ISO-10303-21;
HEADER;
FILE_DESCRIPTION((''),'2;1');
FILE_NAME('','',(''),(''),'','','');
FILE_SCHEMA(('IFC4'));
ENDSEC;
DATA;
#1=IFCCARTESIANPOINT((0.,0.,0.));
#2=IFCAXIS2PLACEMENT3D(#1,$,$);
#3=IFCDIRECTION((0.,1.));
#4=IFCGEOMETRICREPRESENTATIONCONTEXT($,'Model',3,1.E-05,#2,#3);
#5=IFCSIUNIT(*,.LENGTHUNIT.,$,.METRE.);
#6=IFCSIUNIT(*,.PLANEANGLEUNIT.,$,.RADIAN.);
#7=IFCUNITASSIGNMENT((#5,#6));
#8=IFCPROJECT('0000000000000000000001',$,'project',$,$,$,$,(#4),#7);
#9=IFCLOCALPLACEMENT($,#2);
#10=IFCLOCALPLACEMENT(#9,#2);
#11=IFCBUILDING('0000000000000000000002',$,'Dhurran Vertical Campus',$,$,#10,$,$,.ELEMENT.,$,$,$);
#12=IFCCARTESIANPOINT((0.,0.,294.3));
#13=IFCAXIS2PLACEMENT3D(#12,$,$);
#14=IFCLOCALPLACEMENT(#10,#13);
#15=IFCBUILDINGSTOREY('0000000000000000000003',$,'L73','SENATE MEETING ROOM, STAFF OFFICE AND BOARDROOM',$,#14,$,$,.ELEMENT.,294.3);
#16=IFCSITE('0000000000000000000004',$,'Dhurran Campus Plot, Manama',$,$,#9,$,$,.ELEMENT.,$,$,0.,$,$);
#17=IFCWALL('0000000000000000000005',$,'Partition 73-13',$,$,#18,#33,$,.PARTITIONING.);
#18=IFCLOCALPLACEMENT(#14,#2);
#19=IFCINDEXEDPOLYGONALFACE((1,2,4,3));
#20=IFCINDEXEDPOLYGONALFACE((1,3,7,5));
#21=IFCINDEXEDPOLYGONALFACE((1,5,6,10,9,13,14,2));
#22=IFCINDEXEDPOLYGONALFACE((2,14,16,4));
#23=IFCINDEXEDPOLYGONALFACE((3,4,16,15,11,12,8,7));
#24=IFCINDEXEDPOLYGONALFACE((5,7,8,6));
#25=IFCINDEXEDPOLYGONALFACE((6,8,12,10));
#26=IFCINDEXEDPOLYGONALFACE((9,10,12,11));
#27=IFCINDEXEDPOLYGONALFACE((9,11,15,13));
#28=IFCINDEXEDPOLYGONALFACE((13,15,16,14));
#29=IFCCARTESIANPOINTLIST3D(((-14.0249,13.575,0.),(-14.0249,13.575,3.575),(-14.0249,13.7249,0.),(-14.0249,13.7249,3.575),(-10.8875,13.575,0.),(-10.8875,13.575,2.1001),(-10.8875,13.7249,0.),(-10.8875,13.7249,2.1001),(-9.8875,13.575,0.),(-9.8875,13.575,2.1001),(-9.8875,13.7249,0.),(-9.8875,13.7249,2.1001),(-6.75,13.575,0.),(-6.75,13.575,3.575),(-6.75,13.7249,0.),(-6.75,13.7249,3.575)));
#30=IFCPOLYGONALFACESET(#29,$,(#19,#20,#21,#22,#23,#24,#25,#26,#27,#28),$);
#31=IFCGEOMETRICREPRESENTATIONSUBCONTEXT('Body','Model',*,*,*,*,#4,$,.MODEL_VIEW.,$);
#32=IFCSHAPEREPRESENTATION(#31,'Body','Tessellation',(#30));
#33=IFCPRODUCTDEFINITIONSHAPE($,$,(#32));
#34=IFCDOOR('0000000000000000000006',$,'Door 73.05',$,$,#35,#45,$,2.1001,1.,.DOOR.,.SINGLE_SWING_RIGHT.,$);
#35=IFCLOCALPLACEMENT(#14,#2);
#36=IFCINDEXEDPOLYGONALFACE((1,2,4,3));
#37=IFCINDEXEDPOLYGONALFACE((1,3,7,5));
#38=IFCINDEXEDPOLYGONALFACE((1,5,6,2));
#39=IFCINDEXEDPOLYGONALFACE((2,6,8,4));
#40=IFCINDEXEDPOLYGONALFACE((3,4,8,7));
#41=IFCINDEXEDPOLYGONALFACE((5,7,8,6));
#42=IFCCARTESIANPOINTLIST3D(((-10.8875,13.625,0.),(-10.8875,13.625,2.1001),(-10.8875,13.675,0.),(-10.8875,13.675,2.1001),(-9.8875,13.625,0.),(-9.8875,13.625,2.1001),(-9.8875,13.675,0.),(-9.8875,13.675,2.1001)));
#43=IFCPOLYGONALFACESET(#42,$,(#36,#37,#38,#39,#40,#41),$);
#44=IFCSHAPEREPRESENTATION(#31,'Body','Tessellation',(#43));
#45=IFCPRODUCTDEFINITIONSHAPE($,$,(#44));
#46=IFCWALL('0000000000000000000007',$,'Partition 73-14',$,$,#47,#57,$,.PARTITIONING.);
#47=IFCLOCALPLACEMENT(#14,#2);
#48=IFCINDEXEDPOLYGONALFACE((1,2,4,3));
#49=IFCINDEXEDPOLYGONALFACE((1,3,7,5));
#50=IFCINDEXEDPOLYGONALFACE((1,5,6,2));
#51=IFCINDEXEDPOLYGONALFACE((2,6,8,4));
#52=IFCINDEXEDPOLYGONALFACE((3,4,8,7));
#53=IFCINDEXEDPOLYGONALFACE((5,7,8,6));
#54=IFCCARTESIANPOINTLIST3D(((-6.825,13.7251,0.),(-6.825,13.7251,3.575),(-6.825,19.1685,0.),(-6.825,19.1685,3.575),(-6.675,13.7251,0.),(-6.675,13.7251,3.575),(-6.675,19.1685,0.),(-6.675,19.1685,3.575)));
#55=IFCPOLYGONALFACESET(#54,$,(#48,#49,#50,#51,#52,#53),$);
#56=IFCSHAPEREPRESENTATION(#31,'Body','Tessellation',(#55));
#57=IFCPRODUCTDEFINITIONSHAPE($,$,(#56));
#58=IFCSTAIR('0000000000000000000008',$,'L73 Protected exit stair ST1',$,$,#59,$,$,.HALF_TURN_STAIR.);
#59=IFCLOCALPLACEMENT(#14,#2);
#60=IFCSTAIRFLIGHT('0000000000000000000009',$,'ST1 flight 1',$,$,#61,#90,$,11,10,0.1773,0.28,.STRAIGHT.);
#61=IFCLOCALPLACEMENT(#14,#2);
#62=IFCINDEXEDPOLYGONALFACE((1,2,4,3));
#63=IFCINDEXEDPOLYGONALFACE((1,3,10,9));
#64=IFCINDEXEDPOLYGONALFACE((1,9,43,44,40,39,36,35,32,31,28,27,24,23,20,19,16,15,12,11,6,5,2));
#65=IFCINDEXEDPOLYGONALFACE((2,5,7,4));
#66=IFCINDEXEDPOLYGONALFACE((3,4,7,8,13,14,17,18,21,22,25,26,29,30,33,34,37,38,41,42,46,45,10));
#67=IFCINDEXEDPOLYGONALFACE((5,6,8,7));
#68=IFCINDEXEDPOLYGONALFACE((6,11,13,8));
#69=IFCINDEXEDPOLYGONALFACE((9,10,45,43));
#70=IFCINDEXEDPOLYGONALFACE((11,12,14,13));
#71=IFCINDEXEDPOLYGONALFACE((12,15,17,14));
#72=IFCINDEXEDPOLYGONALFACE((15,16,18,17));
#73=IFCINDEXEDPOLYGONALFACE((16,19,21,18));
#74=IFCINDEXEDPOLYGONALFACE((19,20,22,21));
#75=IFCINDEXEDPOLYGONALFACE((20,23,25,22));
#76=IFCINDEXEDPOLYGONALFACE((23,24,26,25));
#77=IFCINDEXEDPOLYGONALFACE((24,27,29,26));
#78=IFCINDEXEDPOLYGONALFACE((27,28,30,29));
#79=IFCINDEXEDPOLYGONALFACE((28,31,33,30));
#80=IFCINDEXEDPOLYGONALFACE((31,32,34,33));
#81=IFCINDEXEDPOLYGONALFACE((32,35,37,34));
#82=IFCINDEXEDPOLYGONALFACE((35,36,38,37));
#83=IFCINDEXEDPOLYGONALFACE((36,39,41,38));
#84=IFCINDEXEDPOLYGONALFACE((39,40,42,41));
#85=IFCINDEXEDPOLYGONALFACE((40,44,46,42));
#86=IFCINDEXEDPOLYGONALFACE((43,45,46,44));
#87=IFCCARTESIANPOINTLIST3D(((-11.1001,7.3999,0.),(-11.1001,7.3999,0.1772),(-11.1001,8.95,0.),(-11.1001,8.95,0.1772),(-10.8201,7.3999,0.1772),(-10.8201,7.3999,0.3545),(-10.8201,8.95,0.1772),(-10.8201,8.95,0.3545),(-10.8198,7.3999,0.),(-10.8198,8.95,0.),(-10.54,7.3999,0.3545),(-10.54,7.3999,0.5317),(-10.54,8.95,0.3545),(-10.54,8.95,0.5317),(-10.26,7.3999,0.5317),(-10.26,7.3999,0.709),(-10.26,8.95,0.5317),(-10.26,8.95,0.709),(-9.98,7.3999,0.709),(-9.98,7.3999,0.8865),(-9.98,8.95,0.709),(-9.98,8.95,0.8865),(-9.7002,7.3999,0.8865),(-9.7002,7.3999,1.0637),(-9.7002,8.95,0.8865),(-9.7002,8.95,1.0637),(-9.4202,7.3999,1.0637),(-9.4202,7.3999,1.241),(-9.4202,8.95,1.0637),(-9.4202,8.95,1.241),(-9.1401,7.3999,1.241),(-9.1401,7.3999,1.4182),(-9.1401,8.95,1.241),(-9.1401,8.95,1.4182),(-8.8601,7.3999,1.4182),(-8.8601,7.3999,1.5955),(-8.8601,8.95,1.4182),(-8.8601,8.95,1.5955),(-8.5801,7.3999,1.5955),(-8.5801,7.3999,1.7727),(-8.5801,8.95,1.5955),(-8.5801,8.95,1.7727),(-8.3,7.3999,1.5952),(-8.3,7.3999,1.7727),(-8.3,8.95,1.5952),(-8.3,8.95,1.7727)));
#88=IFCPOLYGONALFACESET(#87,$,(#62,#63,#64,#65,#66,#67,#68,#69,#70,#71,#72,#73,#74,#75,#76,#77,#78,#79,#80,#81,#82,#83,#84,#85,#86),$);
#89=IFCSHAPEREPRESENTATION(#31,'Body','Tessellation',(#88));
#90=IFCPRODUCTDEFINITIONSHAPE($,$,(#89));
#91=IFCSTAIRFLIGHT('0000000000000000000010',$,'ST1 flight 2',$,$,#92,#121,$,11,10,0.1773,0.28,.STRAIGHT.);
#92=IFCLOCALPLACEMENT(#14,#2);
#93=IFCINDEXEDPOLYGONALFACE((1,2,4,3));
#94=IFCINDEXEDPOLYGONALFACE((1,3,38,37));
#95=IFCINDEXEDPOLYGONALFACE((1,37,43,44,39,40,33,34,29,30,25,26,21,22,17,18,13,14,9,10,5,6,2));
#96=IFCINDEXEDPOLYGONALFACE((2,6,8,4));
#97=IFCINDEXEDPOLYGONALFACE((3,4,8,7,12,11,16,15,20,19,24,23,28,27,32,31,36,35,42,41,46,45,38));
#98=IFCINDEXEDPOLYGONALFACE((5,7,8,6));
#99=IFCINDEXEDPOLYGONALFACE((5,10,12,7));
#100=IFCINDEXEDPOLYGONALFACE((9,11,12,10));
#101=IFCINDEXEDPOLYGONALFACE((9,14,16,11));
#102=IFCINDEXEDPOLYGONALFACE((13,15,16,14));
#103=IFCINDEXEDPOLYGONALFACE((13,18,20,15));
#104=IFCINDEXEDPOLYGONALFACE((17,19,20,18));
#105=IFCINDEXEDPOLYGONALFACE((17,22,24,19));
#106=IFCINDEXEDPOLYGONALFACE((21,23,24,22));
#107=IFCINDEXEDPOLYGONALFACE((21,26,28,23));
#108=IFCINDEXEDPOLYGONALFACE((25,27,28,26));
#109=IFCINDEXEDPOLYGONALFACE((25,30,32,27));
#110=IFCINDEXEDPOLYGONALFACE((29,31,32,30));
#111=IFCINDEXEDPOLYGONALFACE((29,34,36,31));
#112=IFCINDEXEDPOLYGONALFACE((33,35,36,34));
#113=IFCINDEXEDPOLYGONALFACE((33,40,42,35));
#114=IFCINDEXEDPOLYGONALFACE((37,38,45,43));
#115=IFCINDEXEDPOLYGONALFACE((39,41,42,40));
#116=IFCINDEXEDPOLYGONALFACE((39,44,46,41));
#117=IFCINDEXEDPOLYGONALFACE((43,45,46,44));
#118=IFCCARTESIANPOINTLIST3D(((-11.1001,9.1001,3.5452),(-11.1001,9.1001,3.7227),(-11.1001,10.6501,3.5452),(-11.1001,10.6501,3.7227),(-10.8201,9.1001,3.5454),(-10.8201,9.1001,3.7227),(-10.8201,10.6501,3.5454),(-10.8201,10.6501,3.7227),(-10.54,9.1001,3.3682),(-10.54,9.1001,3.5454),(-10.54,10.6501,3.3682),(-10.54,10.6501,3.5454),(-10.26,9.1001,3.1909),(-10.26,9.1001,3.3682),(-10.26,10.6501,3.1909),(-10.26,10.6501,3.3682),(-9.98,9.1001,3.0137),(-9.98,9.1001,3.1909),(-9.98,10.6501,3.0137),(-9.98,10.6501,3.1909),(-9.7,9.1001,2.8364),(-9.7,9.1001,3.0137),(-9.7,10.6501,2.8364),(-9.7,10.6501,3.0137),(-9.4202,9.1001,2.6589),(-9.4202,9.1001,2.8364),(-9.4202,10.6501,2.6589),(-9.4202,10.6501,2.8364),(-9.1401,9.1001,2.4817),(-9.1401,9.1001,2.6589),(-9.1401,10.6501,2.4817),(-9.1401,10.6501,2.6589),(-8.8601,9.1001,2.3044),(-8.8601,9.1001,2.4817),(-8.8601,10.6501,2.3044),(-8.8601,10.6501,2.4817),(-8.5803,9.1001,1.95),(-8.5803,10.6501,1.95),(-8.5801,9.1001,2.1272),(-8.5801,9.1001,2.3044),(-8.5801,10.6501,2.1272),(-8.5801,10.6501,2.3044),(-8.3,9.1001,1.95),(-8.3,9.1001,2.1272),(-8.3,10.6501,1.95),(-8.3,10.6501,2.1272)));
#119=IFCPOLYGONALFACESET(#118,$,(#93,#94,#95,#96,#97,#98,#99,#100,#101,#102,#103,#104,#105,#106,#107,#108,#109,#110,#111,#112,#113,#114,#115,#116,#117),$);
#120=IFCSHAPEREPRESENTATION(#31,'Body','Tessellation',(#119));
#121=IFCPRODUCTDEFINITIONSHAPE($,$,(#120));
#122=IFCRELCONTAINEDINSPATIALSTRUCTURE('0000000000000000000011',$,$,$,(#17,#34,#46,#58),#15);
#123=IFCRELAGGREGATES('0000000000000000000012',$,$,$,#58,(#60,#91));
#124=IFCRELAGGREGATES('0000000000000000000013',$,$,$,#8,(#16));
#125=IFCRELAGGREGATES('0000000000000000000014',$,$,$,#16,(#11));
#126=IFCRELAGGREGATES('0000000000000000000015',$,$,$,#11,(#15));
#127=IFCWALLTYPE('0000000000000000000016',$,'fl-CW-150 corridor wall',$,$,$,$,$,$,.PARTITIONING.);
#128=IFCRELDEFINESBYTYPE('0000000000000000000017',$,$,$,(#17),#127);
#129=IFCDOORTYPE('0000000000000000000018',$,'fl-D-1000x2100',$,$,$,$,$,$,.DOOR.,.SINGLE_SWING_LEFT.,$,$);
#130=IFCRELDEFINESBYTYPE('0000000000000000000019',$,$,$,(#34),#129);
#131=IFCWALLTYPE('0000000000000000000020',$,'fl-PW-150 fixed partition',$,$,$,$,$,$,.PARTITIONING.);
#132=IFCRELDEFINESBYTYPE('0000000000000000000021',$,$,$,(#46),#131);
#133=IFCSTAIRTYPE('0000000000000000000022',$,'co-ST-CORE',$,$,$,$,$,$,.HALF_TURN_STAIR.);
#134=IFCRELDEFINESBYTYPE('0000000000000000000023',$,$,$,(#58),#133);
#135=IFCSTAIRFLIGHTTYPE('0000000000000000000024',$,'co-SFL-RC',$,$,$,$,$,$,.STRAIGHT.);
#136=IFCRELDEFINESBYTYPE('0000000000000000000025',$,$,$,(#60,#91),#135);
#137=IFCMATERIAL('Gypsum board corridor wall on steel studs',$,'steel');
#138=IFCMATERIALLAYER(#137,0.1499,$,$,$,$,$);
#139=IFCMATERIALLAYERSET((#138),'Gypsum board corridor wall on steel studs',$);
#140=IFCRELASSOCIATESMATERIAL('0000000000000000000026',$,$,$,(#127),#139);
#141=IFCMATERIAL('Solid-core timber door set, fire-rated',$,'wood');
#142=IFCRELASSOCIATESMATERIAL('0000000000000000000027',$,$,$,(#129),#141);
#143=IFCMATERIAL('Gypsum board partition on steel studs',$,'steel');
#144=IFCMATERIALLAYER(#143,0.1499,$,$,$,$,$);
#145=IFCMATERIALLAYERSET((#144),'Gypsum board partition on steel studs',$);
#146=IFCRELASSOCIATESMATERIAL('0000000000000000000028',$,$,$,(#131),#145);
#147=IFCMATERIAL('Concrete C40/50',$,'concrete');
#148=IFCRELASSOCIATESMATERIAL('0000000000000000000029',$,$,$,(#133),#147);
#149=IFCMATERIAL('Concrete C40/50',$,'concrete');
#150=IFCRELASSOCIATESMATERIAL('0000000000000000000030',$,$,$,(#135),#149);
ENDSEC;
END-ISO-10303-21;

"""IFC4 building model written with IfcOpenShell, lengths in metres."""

from ifc_helpers import new_model, si_unit, direction, frame, frame_2d, origin, place, context, subcontext, project, spatial, polyline, rectangle, outline, extrude, material, layer, layer_set, type_object, element, fill, aggregate, save


model = new_model("IFC4")

# Units and contexts
model_context = context("Model", 3, precision=1e-05, world=origin(), true_north=direction((0.0, 1.0)))
body_context = subcontext(model_context, "Body", "Model", "MODEL_VIEW")
ifc_project = project(units=[si_unit("LENGTHUNIT", "METRE"), si_unit("PLANEANGLEUNIT", "RADIAN")], contexts=[model_context])

# Site, building, storey
site_placement = place(None, origin())
site = spatial("IfcSite", under=ifc_project, at=site_placement, Name="Dhurran Campus Plot, Manama", CompositionType="ELEMENT", RefElevation=0.0)
building_placement = place(site_placement, origin())
building = spatial("IfcBuilding", under=site, at=building_placement, Name="Dhurran Vertical Campus", CompositionType="ELEMENT")
storey_placement = place(building_placement, frame((0.0, 0.0, 294.3)))
storey = spatial("IfcBuildingStorey", under=building, at=storey_placement, Name="L73", Description="SENATE MEETING ROOM, STAFF OFFICE AND BOARDROOM", CompositionType="ELEMENT", Elevation=294.3)

# Wall, opening, door
ifc_material_1 = material(Name="Gypsum board corridor wall on steel studs", Category="steel")
ifc_layer_1 = layer(ifc_material_1, 0.1499)
ifc_layer_set_1 = layer_set([ifc_layer_1], Name="Gypsum board corridor wall on steel studs")
wall_type_1 = type_object("IfcWallType", Name="fl-CW-150 corridor wall", PredefinedType="PARTITIONING", material=ifc_layer_set_1)
wall_1_placement = place(storey_placement, frame((-6.75, 13.6499, 0.0), z_axis=(0.0, 0.0, 1.0), x_axis=(-1.0, 0.0, 0.0)))
wall_1 = element("IfcWall", 1, at=wall_1_placement, inside=storey, type_object=wall_type_1, Name="Partition 73-13", PredefinedType="PARTITIONING", context=body_context, shape_type="SweptSolid", body=[
    extrude(rectangle(XDim=7.2749, YDim=0.1499, at=frame_2d((3.6375, 0.0))), origin(), (0.0, 0.0, 1.0), 3.575),
])
opening_1_placement = place(wall_1_placement, frame((3.1375, 0.0, 0.0)))
opening_1 = element("IfcOpeningElement", 2, at=opening_1_placement, cuts=wall_1, PredefinedType="OPENING", context=body_context, shape_type="SweptSolid", body=[
    extrude(rectangle(XDim=1.0, YDim=2.1001, at=frame_2d((0.5, 1.05))), frame((0.0, 0.085, 0.0), z_axis=(0.0, -1.0, 0.0), x_axis=(1.0, 0.0, 0.0)), (0.0, 0.0, 1.0), 0.1699),
])
ifc_material_2 = material(Name="Solid-core timber door set, fire-rated", Category="wood")
door_type_1 = type_object("IfcDoorType", Name="fl-D-1000x2100", OperationType="SINGLE_SWING_LEFT", PredefinedType="DOOR", material=ifc_material_2)
door_1_placement = place(opening_1_placement, origin())
door_1 = element("IfcDoor", 3, at=door_1_placement, inside=storey, type_object=door_type_1, Name="Door 73.05", OperationType="SINGLE_SWING_RIGHT", OverallHeight=2.1001, OverallWidth=1.0, PredefinedType="DOOR", context=body_context, shape_type="SweptSolid", body=[
    extrude(rectangle(XDim=1.0, YDim=2.1001, at=frame_2d((0.5, 1.05))), frame((0.0, 0.0249, 0.0), z_axis=(0.0, -1.0, 0.0), x_axis=(1.0, 0.0, 0.0)), (0.0, 0.0, 1.0), 0.05),
])
fill(opening_1, door_1)

# Wall
ifc_material_3 = material(Name="Gypsum board partition on steel studs", Category="steel")
ifc_layer_2 = layer(ifc_material_3, 0.1499)
ifc_layer_set_2 = layer_set([ifc_layer_2], Name="Gypsum board partition on steel studs")
wall_type_2 = type_object("IfcWallType", Name="fl-PW-150 fixed partition", PredefinedType="PARTITIONING", material=ifc_layer_set_2)
wall_2_placement = place(storey_placement, frame((-6.75, 19.1685, 0.0), z_axis=(0.0, 0.0, 1.0), x_axis=(0.0, -1.0, 0.0)))
element("IfcWall", 4, at=wall_2_placement, inside=storey, type_object=wall_type_2, Name="Partition 73-14", PredefinedType="PARTITIONING", context=body_context, shape_type="SweptSolid", body=[
    extrude(rectangle(XDim=5.4434, YDim=0.1499, at=frame_2d((2.7217, 0.0))), origin(), (0.0, 0.0, 1.0), 3.575),
])

# Stair, stair flights
ifc_material_4 = material(Name="Concrete C40/50", Category="concrete")
stair_type = type_object("IfcStairType", Name="co-ST-CORE", PredefinedType="HALF_TURN_STAIR", material=ifc_material_4)
stair_placement = place(storey_placement, origin())
stair = element("IfcStair", 5, at=stair_placement, inside=storey, type_object=stair_type, Name="L73 Protected exit stair ST1", PredefinedType="HALF_TURN_STAIR")
ifc_material_5 = material(Name="Concrete C40/50", Category="concrete")
stair_flight_type = type_object("IfcStairFlightType", Name="co-SFL-RC", PredefinedType="STRAIGHT", material=ifc_material_5)
stair_flight_1_placement = place(storey_placement, frame((-11.1001, 8.175, 0.0), z_axis=(0.0, 0.0, 1.0), x_axis=(1.0, 0.0, 0.0)))
stair_flight_1 = element("IfcStairFlight", 6, at=stair_flight_1_placement, type_object=stair_flight_type, Name="ST1 flight 1", NumberOfRisers=11, NumberOfTreads=10, PredefinedType="STRAIGHT", RiserHeight=0.1773, TreadLength=0.28, context=body_context, shape_type="SweptSolid", body=[
    extrude(outline(polyline([(0.0, 0.0), (0.0, 0.1772), (0.28, 0.1772), (0.28, 0.3545), (0.5601, 0.3545), (0.5601, 0.5317), (0.8401, 0.5317), (0.8401, 0.709), (1.1201, 0.709), (1.1201, 0.8865), (1.3999, 0.8865), (1.3999, 1.0637), (1.6799, 1.0637), (1.6799, 1.241), (1.96, 1.241), (1.96, 1.4182), (2.24, 1.4182), (2.24, 1.5955), (2.52, 1.5955), (2.52, 1.7727), (2.8, 1.7727), (2.8, 1.95), (2.8, 1.5952), (0.2803, 0.0), (0.0, 0.0)])), frame((0.0, 0.7749, 0.0), z_axis=(0.0, -1.0, 0.0), x_axis=(1.0, 0.0, 0.0)), (0.0, 0.0, 1.0), 1.55),
])
stair_flight_2_placement = place(storey_placement, frame((-8.3, 9.875, 1.95), z_axis=(0.0, 0.0, 1.0), x_axis=(-1.0, 0.0, 0.0)))
stair_flight_2 = element("IfcStairFlight", 7, at=stair_flight_2_placement, type_object=stair_flight_type, Name="ST1 flight 2", NumberOfRisers=11, NumberOfTreads=10, PredefinedType="STRAIGHT", RiserHeight=0.1773, TreadLength=0.28, context=body_context, shape_type="SweptSolid", body=[
    extrude(outline(polyline([(0.0, 0.0), (0.0, 0.1772), (0.28, 0.1772), (0.28, 0.3545), (0.5601, 0.3545), (0.5601, 0.5317), (0.8401, 0.5317), (0.8401, 0.709), (1.1201, 0.709), (1.1201, 0.8865), (1.3999, 0.8865), (1.3999, 1.0637), (1.6799, 1.0637), (1.6799, 1.241), (1.96, 1.241), (1.96, 1.4182), (2.24, 1.4182), (2.24, 1.5955), (2.52, 1.5955), (2.52, 1.7727), (2.8, 1.7727), (2.8, 1.95), (2.8, 1.5952), (0.2803, 0.0), (0.0, 0.0)])), frame((0.0, 0.7749, 0.0), z_axis=(0.0, -1.0, 0.0), x_axis=(1.0, 0.0, 0.0)), (0.0, 0.0, 1.0), 1.55),
])
aggregate(stair, [stair_flight_1, stair_flight_2])

save(model, "model.ifc")
